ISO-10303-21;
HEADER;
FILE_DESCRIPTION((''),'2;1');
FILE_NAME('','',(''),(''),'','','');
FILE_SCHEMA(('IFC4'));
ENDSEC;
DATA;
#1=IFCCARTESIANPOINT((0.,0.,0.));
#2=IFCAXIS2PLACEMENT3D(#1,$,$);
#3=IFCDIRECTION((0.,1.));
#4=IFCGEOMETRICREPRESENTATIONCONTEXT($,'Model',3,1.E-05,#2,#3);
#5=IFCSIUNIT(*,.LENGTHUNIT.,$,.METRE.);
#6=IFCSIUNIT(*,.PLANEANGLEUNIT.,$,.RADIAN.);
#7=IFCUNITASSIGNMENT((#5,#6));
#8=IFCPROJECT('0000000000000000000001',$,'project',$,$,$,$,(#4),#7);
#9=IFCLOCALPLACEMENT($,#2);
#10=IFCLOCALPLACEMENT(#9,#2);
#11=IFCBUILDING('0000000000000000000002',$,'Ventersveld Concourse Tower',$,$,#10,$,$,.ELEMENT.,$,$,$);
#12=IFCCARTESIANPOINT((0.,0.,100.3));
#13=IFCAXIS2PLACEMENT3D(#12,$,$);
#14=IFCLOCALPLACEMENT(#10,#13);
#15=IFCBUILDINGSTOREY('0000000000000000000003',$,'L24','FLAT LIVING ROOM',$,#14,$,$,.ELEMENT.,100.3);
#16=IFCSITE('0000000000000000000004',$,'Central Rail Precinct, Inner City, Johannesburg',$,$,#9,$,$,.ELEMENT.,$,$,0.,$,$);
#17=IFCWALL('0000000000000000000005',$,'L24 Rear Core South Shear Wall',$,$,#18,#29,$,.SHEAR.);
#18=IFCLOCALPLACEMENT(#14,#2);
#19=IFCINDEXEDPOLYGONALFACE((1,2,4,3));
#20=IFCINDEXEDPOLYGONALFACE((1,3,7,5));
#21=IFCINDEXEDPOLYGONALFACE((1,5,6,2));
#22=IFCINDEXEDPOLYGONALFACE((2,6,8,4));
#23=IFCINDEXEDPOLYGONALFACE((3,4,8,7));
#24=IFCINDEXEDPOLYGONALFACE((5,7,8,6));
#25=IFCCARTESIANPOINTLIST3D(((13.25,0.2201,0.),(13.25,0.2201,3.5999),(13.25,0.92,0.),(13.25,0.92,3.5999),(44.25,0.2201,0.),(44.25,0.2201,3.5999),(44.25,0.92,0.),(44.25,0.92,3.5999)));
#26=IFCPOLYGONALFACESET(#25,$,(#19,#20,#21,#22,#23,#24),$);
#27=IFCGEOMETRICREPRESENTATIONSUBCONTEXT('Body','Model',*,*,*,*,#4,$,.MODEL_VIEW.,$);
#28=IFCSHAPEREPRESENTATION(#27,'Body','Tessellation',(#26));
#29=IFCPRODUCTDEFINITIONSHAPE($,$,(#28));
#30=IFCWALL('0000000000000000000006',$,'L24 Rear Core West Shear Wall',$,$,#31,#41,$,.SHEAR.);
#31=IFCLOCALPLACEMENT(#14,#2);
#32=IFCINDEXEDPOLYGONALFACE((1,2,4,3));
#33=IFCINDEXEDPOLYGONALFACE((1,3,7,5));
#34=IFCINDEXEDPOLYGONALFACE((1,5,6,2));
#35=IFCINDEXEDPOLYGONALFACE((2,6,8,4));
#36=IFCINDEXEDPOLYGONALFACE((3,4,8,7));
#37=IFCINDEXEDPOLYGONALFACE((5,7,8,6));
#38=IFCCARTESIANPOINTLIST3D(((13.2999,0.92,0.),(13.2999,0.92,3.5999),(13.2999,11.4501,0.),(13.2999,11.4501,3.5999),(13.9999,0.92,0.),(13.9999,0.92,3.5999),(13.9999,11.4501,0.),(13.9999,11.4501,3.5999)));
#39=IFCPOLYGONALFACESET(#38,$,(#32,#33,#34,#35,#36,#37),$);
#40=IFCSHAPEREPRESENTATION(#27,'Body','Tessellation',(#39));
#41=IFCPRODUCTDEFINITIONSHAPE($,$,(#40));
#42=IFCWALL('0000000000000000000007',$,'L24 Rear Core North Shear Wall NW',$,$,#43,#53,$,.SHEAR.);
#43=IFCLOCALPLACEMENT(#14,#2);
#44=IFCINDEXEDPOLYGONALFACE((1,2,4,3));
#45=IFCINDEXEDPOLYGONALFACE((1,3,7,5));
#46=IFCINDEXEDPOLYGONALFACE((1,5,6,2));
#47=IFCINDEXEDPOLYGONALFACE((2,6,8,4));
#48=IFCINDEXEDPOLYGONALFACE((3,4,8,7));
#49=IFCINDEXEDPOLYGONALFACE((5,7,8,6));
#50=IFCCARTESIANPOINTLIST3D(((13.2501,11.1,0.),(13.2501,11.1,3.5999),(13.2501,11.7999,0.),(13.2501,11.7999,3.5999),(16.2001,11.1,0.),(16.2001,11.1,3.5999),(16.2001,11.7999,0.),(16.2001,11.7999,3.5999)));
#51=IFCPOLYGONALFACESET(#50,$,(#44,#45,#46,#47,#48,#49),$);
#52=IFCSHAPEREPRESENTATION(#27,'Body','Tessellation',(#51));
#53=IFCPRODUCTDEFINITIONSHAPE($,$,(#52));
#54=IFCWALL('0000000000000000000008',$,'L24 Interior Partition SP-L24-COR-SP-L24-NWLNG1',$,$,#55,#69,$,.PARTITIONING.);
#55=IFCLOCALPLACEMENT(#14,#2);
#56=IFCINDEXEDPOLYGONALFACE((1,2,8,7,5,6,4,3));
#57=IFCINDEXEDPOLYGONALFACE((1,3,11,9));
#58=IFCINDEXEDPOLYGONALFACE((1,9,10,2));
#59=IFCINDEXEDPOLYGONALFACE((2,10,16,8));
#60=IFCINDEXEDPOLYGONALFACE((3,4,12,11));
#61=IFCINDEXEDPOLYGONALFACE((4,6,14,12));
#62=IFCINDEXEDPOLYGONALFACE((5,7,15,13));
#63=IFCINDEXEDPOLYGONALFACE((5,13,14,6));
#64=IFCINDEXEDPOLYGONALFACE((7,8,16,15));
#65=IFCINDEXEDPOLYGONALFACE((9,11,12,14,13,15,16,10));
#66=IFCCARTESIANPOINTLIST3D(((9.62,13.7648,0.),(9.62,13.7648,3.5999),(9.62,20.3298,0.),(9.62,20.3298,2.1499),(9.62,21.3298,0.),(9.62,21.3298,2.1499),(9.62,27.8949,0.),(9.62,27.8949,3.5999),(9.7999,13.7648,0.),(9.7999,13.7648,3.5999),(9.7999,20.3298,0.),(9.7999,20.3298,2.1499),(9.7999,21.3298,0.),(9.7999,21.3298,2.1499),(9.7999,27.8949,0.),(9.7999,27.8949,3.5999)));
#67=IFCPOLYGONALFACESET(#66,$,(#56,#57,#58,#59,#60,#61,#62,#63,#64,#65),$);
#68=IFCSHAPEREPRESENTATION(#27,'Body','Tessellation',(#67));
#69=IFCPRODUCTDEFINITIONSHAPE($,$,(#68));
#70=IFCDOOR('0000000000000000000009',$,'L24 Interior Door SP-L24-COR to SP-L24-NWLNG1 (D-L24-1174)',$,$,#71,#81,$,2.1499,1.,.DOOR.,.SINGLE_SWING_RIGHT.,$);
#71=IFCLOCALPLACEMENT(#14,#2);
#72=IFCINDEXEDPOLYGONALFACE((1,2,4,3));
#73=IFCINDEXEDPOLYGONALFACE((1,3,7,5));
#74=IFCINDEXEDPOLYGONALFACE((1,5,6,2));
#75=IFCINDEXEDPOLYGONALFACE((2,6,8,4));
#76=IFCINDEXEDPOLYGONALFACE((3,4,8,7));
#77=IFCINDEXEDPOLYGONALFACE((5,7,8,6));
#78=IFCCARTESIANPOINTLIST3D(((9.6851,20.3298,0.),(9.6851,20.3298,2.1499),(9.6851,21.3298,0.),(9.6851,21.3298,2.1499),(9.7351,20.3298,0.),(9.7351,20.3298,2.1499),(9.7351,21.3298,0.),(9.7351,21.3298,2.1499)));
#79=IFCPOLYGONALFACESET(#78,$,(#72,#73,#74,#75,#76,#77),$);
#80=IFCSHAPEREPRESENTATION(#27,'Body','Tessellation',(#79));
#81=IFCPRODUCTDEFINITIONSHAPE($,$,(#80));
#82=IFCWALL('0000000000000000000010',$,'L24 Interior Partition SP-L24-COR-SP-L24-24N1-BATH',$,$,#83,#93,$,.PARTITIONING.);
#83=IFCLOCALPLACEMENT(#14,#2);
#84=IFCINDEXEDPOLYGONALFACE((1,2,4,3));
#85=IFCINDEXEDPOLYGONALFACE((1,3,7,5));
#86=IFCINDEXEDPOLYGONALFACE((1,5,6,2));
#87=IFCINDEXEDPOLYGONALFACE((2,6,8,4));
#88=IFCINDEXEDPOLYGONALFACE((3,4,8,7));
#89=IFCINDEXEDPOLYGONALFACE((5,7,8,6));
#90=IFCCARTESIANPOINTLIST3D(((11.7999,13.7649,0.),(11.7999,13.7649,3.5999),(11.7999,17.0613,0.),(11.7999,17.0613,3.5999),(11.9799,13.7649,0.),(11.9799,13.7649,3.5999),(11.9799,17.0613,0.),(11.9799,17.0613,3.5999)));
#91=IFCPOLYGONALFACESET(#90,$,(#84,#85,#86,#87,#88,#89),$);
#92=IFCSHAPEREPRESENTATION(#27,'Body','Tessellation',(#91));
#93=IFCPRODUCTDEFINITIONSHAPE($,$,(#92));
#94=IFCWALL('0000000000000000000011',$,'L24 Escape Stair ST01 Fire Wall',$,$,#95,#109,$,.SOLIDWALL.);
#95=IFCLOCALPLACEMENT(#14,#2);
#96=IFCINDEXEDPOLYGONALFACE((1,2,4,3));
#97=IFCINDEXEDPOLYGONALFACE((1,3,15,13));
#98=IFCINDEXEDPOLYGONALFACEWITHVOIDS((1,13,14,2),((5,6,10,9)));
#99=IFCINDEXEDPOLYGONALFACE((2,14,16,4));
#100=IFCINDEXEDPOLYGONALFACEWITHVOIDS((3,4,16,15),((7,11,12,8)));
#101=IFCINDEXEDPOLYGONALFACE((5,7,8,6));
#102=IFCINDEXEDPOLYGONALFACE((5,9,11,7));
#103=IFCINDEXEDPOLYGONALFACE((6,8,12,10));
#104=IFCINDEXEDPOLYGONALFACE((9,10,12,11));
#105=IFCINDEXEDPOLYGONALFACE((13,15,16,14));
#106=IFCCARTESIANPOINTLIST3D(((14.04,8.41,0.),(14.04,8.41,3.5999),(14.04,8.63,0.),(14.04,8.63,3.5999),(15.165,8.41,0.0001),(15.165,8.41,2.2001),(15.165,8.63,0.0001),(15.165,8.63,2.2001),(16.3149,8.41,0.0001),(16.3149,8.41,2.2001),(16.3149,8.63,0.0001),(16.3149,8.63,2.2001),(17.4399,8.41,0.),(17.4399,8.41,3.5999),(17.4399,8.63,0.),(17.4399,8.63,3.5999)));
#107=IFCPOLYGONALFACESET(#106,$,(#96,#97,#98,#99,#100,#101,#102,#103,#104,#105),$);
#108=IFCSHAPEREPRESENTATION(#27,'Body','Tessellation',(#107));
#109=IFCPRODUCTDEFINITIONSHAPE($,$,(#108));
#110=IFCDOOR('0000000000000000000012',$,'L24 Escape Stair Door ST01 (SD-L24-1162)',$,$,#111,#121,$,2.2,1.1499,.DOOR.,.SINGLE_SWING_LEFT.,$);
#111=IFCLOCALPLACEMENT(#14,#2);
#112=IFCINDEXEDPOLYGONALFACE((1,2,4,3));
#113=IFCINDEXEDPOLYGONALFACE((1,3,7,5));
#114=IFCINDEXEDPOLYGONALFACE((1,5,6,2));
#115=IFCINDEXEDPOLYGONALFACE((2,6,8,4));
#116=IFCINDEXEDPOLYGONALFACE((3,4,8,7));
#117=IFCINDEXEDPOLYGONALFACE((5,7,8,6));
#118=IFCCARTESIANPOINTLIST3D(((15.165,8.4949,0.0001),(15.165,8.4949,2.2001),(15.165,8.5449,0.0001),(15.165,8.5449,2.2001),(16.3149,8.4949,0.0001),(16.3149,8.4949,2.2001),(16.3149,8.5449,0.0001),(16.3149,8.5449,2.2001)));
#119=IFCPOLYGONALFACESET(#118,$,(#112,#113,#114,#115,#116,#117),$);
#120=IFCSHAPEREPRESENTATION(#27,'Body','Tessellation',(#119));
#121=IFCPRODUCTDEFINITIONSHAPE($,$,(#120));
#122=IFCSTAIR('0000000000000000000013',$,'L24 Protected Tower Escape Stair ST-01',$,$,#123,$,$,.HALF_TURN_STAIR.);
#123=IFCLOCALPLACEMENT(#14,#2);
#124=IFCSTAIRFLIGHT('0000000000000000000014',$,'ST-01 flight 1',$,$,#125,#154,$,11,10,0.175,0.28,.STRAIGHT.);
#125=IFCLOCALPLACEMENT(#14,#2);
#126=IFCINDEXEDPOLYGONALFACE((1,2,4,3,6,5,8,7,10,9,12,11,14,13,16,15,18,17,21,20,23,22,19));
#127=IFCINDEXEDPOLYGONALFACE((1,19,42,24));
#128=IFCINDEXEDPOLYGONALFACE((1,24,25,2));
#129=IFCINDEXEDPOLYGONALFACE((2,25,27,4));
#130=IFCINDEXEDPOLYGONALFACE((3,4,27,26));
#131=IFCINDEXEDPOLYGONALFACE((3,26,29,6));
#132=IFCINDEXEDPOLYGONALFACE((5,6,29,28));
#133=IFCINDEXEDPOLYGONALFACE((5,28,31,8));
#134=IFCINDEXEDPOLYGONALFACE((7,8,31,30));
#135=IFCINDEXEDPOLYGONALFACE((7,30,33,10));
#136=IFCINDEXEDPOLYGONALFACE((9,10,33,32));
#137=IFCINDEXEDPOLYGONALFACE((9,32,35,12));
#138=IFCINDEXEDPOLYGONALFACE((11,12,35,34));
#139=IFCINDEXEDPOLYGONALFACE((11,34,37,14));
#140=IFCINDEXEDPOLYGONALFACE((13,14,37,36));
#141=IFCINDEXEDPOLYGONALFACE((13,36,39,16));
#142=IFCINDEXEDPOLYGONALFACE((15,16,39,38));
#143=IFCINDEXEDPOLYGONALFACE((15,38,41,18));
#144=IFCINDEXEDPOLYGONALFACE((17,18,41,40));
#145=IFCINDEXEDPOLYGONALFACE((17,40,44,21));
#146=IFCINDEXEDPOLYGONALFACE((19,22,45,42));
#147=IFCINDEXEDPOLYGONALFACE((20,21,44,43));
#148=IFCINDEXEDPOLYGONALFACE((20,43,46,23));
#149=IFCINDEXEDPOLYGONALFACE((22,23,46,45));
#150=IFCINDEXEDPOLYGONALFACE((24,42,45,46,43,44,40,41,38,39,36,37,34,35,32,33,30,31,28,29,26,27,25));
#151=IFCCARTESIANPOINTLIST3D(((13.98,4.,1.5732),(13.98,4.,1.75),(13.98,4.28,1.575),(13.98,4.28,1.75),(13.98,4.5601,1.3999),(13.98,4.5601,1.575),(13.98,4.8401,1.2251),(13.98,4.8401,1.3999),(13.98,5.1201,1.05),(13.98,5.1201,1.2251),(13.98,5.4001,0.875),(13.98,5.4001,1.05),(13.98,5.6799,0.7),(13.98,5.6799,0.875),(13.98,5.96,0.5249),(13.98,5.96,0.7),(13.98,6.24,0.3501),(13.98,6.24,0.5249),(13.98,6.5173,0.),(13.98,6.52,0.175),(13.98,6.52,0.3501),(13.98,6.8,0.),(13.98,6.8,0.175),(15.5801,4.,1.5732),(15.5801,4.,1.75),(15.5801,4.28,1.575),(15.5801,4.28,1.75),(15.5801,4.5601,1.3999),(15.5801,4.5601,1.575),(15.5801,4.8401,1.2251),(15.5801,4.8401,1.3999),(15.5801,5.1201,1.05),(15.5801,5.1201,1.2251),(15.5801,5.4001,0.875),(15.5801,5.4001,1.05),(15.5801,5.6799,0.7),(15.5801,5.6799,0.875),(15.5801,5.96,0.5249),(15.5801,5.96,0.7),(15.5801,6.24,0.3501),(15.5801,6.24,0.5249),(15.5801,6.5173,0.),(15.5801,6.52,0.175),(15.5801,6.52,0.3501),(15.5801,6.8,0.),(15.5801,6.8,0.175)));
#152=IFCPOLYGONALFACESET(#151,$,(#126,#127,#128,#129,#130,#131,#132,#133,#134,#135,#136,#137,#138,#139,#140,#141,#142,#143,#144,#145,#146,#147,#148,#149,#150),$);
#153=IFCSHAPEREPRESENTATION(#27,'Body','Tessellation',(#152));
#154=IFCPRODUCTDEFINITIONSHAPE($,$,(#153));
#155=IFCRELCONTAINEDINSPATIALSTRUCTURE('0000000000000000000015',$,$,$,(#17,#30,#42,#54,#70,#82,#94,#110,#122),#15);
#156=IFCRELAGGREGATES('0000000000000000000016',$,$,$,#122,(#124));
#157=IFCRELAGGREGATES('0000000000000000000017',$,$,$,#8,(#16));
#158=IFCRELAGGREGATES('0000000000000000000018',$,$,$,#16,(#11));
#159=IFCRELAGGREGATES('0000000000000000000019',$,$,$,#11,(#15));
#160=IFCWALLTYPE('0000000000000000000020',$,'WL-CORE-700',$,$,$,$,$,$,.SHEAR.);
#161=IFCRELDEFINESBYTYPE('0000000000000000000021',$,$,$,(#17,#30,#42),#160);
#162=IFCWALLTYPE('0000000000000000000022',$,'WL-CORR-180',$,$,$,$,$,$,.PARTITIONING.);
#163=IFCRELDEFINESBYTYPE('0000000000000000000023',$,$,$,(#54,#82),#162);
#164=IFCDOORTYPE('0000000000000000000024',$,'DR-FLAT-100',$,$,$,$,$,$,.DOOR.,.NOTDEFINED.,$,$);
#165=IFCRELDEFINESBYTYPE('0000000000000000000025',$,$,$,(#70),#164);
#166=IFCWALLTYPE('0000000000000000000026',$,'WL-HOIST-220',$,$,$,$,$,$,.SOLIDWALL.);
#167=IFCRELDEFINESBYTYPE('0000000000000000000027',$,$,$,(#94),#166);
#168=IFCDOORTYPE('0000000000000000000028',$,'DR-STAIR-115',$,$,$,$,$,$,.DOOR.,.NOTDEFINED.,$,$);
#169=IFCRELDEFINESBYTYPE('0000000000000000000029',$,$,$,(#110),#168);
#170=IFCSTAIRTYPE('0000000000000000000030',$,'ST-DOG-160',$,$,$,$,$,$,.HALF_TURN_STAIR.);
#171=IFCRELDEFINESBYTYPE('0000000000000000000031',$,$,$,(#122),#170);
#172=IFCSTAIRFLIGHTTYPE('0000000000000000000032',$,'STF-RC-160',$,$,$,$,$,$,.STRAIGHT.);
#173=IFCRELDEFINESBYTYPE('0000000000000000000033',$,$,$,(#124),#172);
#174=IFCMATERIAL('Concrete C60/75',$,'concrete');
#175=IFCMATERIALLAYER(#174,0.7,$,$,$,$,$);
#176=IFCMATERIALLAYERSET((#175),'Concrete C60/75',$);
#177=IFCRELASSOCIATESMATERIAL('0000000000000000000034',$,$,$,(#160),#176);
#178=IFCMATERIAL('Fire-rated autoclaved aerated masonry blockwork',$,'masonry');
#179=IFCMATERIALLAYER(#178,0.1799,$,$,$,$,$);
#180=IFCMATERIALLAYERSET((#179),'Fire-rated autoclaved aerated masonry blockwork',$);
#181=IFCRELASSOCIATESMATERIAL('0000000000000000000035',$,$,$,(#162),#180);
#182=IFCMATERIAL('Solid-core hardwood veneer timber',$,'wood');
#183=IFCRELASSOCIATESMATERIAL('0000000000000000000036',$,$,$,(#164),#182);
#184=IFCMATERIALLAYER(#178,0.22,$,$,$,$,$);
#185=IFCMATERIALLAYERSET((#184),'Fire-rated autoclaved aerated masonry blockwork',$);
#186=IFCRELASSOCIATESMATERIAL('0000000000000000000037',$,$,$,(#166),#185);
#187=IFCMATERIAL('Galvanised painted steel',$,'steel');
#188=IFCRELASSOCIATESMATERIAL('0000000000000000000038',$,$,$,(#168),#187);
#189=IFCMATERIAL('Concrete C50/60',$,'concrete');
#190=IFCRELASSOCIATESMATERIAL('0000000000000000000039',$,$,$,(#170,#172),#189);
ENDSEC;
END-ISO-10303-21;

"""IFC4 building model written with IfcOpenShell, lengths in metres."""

from ifc_helpers import new_model, si_unit, direction, frame, frame_2d, origin, place, context, subcontext, project, spatial, polyline, rectangle, outline, extrude, material, layer, layer_set, type_object, element, fill, aggregate, save


model = new_model("IFC4")

# Units and contexts
model_context = context("Model", 3, precision=1e-05, world=origin(), true_north=direction((0.0, 1.0)))
body_context = subcontext(model_context, "Body", "Model", "MODEL_VIEW")
ifc_project = project(units=[si_unit("LENGTHUNIT", "METRE"), si_unit("PLANEANGLEUNIT", "RADIAN")], contexts=[model_context])

# Site, building, storey
site_placement = place(None, origin())
site = spatial("IfcSite", under=ifc_project, at=site_placement, Name="Central Rail Precinct, Inner City, Johannesburg", CompositionType="ELEMENT", RefElevation=0.0)
building_placement = place(site_placement, origin())
building = spatial("IfcBuilding", under=site, at=building_placement, Name="Ventersveld Concourse Tower", CompositionType="ELEMENT")
storey_placement = place(building_placement, frame((0.0, 0.0, 100.3)))
storey = spatial("IfcBuildingStorey", under=building, at=storey_placement, Name="L24", Description="FLAT LIVING ROOM", CompositionType="ELEMENT", Elevation=100.3)

# Shared definitions
ifc_material_1 = material(Name="Concrete C50/60", Category="concrete")

# Walls
ifc_material_2 = material(Name="Concrete C60/75", Category="concrete")
ifc_layer_1 = layer(ifc_material_2, 0.7)
ifc_layer_set_1 = layer_set([ifc_layer_1], Name="Concrete C60/75")
wall_type_1 = type_object("IfcWallType", Name="WL-CORE-700", PredefinedType="SHEAR", material=ifc_layer_set_1)
wall_1_placement = place(storey_placement, frame((13.25, 0.5701, 0.0), z_axis=(0.0, 0.0, 1.0), x_axis=(1.0, 0.0, 0.0)))
element("IfcWall", 1, at=wall_1_placement, inside=storey, type_object=wall_type_1, Name="L24 Rear Core South Shear Wall", PredefinedType="SHEAR", context=body_context, shape_type="SweptSolid", body=[
    extrude(rectangle(XDim=31.0, YDim=0.7, at=frame_2d((15.5, 0.0))), origin(), (0.0, 0.0, 1.0), 3.5999),
])
wall_2_placement = place(storey_placement, frame((13.6499, 0.9199, 0.0), z_axis=(0.0, 0.0, 1.0), x_axis=(0.0, 1.0, 0.0)))
element("IfcWall", 2, at=wall_2_placement, inside=storey, type_object=wall_type_1, Name="L24 Rear Core West Shear Wall", PredefinedType="SHEAR", context=body_context, shape_type="SweptSolid", body=[
    extrude(rectangle(XDim=10.53, YDim=0.7, at=frame_2d((5.2651, 0.0))), origin(), (0.0, 0.0, 1.0), 3.5999),
])
wall_3_placement = place(storey_placement, frame((13.25, 11.45, 0.0), z_axis=(0.0, 0.0, 1.0), x_axis=(1.0, 0.0, 0.0)))
element("IfcWall", 3, at=wall_3_placement, inside=storey, type_object=wall_type_1, Name="L24 Rear Core North Shear Wall NW", PredefinedType="SHEAR", context=body_context, shape_type="SweptSolid", body=[
    extrude(rectangle(XDim=2.95, YDim=0.7, at=frame_2d((1.4751, 0.0))), origin(), (0.0, 0.0, 1.0), 3.5999),
])

# Wall, opening, door
ifc_material_3 = material(Name="Fire-rated autoclaved aerated masonry blockwork", Category="masonry")
ifc_layer_2 = layer(ifc_material_3, 0.1799)
ifc_layer_set_2 = layer_set([ifc_layer_2], Name="Fire-rated autoclaved aerated masonry blockwork")
wall_type_2 = type_object("IfcWallType", Name="WL-CORR-180", PredefinedType="PARTITIONING", material=ifc_layer_set_2)
wall_4_placement = place(storey_placement, frame((9.71, 13.7649, 0.0), z_axis=(0.0, 0.0, 1.0), x_axis=(0.0, 1.0, 0.0)))
wall_4 = element("IfcWall", 4, at=wall_4_placement, inside=storey, type_object=wall_type_2, Name="L24 Interior Partition SP-L24-COR-SP-L24-NWLNG1", PredefinedType="PARTITIONING", context=body_context, shape_type="SweptSolid", body=[
    extrude(rectangle(XDim=14.1301, YDim=0.1799, at=frame_2d((7.0649, 0.0))), origin(), (0.0, 0.0, 1.0), 3.5999),
])
opening_1_placement = place(wall_4_placement, frame((6.5649, 0.0, 0.0)))
opening_1 = element("IfcOpeningElement", 5, at=opening_1_placement, cuts=wall_4, PredefinedType="OPENING", context=body_context, shape_type="SweptSolid", body=[
    extrude(rectangle(XDim=1.0, YDim=2.1499, at=frame_2d((0.5, 1.075))), frame((0.0, 0.1001, 0.0), z_axis=(0.0, -1.0, 0.0), x_axis=(1.0, 0.0, 0.0)), (0.0, 0.0, 1.0), 0.2),
])
ifc_material_4 = material(Name="Solid-core hardwood veneer timber", Category="wood")
door_type_1 = type_object("IfcDoorType", Name="DR-FLAT-100", OperationType="NOTDEFINED", PredefinedType="DOOR", material=ifc_material_4)
door_1_placement = place(opening_1_placement, origin())
door_1 = element("IfcDoor", 6, at=door_1_placement, inside=storey, type_object=door_type_1, Name="L24 Interior Door SP-L24-COR to SP-L24-NWLNG1 (D-L24-1174)", OperationType="SINGLE_SWING_RIGHT", OverallHeight=2.1499, OverallWidth=1.0, PredefinedType="DOOR", context=body_context, shape_type="SweptSolid", body=[
    extrude(rectangle(XDim=1.0, YDim=2.1499, at=frame_2d((0.5, 1.075))), frame((0.0, 0.0249, 0.0), z_axis=(0.0, -1.0, 0.0), x_axis=(1.0, 0.0, 0.0)), (0.0, 0.0, 1.0), 0.05),
])
fill(opening_1, door_1)

# Wall
wall_5_placement = place(storey_placement, frame((11.8899, 13.7649, 0.0), z_axis=(0.0, 0.0, 1.0), x_axis=(0.0, 1.0, 0.0)))
element("IfcWall", 7, at=wall_5_placement, inside=storey, type_object=wall_type_2, Name="L24 Interior Partition SP-L24-COR-SP-L24-24N1-BATH", PredefinedType="PARTITIONING", context=body_context, shape_type="SweptSolid", body=[
    extrude(rectangle(XDim=3.2964, YDim=0.1799, at=frame_2d((1.6482, 0.0))), origin(), (0.0, 0.0, 1.0), 3.5999),
])

# Wall, opening, door
ifc_layer_3 = layer(ifc_material_3, 0.22)
ifc_layer_set_3 = layer_set([ifc_layer_3], Name="Fire-rated autoclaved aerated masonry blockwork")
wall_type_3 = type_object("IfcWallType", Name="WL-HOIST-220", PredefinedType="SOLIDWALL", material=ifc_layer_set_3)
wall_6_placement = place(storey_placement, frame((14.04, 8.52, 0.0), z_axis=(0.0, 0.0, 1.0), x_axis=(1.0, 0.0, 0.0)))
wall_6 = element("IfcWall", 8, at=wall_6_placement, inside=storey, type_object=wall_type_3, Name="L24 Escape Stair ST01 Fire Wall", PredefinedType="SOLIDWALL", context=body_context, shape_type="SweptSolid", body=[
    extrude(rectangle(XDim=3.3999, YDim=0.22, at=frame_2d((1.7, 0.0))), origin(), (0.0, 0.0, 1.0), 3.5999),
])
opening_2_placement = place(wall_6_placement, frame((1.125, 0.0, 0.0)))
opening_2 = element("IfcOpeningElement", 9, at=opening_2_placement, cuts=wall_6, PredefinedType="OPENING", context=body_context, shape_type="SweptSolid", body=[
    extrude(rectangle(XDim=1.1499, YDim=2.2, at=frame_2d((0.575, 1.1001))), frame((0.0, 0.1201, 0.0), z_axis=(0.0, -1.0, 0.0), x_axis=(1.0, 0.0, 0.0)), (0.0, 0.0, 1.0), 0.24),
])
ifc_material_5 = material(Name="Galvanised painted steel", Category="steel")
door_type_2 = type_object("IfcDoorType", Name="DR-STAIR-115", OperationType="NOTDEFINED", PredefinedType="DOOR", material=ifc_material_5)
door_2_placement = place(opening_2_placement, origin())
door_2 = element("IfcDoor", 10, at=door_2_placement, inside=storey, type_object=door_type_2, Name="L24 Escape Stair Door ST01 (SD-L24-1162)", OperationType="SINGLE_SWING_LEFT", OverallHeight=2.2, OverallWidth=1.1499, PredefinedType="DOOR", context=body_context, shape_type="SweptSolid", body=[
    extrude(rectangle(XDim=1.1499, YDim=2.2, at=frame_2d((0.575, 1.1001))), frame((0.0, 0.0249, 0.0), z_axis=(0.0, -1.0, 0.0), x_axis=(1.0, 0.0, 0.0)), (0.0, 0.0, 1.0), 0.05),
])
fill(opening_2, door_2)

# Stair, stair flight
stair_type = type_object("IfcStairType", Name="ST-DOG-160", PredefinedType="HALF_TURN_STAIR", material=ifc_material_1)
stair_placement = place(storey_placement, origin())
stair = element("IfcStair", 11, at=stair_placement, inside=storey, type_object=stair_type, Name="L24 Protected Tower Escape Stair ST-01", PredefinedType="HALF_TURN_STAIR")
stair_flight_type = type_object("IfcStairFlightType", Name="STF-RC-160", PredefinedType="STRAIGHT", material=ifc_material_1)
stair_flight_placement = place(storey_placement, frame((14.78, 6.8, 0.0), z_axis=(0.0, 0.0, 1.0), x_axis=(0.0, -1.0, 0.0)))
stair_flight = element("IfcStairFlight", 12, at=stair_flight_placement, type_object=stair_flight_type, Name="ST-01 flight 1", NumberOfRisers=11, NumberOfTreads=10, PredefinedType="STRAIGHT", RiserHeight=0.175, TreadLength=0.28, context=body_context, shape_type="SweptSolid", body=[
    extrude(outline(polyline([(0.0, 0.0), (0.0, 0.175), (0.28, 0.175), (0.28, 0.3501), (0.5601, 0.3501), (0.5601, 0.5249), (0.8401, 0.5249), (0.8401, 0.7), (1.1201, 0.7), (1.1201, 0.875), (1.3999, 0.875), (1.3999, 1.05), (1.6799, 1.05), (1.6799, 1.2251), (1.96, 1.2251), (1.96, 1.3999), (2.24, 1.3999), (2.24, 1.575), (2.52, 1.575), (2.52, 1.75), (2.8, 1.75), (2.8, 1.925), (2.8, 1.5732), (0.2827, 0.0), (0.0, 0.0)])), frame((0.0, 0.8, 0.0), z_axis=(0.0, -1.0, 0.0), x_axis=(1.0, 0.0, 0.0)), (0.0, 0.0, 1.0), 1.6001),
])
aggregate(stair, [stair_flight])

save(model, "model.ifc")
